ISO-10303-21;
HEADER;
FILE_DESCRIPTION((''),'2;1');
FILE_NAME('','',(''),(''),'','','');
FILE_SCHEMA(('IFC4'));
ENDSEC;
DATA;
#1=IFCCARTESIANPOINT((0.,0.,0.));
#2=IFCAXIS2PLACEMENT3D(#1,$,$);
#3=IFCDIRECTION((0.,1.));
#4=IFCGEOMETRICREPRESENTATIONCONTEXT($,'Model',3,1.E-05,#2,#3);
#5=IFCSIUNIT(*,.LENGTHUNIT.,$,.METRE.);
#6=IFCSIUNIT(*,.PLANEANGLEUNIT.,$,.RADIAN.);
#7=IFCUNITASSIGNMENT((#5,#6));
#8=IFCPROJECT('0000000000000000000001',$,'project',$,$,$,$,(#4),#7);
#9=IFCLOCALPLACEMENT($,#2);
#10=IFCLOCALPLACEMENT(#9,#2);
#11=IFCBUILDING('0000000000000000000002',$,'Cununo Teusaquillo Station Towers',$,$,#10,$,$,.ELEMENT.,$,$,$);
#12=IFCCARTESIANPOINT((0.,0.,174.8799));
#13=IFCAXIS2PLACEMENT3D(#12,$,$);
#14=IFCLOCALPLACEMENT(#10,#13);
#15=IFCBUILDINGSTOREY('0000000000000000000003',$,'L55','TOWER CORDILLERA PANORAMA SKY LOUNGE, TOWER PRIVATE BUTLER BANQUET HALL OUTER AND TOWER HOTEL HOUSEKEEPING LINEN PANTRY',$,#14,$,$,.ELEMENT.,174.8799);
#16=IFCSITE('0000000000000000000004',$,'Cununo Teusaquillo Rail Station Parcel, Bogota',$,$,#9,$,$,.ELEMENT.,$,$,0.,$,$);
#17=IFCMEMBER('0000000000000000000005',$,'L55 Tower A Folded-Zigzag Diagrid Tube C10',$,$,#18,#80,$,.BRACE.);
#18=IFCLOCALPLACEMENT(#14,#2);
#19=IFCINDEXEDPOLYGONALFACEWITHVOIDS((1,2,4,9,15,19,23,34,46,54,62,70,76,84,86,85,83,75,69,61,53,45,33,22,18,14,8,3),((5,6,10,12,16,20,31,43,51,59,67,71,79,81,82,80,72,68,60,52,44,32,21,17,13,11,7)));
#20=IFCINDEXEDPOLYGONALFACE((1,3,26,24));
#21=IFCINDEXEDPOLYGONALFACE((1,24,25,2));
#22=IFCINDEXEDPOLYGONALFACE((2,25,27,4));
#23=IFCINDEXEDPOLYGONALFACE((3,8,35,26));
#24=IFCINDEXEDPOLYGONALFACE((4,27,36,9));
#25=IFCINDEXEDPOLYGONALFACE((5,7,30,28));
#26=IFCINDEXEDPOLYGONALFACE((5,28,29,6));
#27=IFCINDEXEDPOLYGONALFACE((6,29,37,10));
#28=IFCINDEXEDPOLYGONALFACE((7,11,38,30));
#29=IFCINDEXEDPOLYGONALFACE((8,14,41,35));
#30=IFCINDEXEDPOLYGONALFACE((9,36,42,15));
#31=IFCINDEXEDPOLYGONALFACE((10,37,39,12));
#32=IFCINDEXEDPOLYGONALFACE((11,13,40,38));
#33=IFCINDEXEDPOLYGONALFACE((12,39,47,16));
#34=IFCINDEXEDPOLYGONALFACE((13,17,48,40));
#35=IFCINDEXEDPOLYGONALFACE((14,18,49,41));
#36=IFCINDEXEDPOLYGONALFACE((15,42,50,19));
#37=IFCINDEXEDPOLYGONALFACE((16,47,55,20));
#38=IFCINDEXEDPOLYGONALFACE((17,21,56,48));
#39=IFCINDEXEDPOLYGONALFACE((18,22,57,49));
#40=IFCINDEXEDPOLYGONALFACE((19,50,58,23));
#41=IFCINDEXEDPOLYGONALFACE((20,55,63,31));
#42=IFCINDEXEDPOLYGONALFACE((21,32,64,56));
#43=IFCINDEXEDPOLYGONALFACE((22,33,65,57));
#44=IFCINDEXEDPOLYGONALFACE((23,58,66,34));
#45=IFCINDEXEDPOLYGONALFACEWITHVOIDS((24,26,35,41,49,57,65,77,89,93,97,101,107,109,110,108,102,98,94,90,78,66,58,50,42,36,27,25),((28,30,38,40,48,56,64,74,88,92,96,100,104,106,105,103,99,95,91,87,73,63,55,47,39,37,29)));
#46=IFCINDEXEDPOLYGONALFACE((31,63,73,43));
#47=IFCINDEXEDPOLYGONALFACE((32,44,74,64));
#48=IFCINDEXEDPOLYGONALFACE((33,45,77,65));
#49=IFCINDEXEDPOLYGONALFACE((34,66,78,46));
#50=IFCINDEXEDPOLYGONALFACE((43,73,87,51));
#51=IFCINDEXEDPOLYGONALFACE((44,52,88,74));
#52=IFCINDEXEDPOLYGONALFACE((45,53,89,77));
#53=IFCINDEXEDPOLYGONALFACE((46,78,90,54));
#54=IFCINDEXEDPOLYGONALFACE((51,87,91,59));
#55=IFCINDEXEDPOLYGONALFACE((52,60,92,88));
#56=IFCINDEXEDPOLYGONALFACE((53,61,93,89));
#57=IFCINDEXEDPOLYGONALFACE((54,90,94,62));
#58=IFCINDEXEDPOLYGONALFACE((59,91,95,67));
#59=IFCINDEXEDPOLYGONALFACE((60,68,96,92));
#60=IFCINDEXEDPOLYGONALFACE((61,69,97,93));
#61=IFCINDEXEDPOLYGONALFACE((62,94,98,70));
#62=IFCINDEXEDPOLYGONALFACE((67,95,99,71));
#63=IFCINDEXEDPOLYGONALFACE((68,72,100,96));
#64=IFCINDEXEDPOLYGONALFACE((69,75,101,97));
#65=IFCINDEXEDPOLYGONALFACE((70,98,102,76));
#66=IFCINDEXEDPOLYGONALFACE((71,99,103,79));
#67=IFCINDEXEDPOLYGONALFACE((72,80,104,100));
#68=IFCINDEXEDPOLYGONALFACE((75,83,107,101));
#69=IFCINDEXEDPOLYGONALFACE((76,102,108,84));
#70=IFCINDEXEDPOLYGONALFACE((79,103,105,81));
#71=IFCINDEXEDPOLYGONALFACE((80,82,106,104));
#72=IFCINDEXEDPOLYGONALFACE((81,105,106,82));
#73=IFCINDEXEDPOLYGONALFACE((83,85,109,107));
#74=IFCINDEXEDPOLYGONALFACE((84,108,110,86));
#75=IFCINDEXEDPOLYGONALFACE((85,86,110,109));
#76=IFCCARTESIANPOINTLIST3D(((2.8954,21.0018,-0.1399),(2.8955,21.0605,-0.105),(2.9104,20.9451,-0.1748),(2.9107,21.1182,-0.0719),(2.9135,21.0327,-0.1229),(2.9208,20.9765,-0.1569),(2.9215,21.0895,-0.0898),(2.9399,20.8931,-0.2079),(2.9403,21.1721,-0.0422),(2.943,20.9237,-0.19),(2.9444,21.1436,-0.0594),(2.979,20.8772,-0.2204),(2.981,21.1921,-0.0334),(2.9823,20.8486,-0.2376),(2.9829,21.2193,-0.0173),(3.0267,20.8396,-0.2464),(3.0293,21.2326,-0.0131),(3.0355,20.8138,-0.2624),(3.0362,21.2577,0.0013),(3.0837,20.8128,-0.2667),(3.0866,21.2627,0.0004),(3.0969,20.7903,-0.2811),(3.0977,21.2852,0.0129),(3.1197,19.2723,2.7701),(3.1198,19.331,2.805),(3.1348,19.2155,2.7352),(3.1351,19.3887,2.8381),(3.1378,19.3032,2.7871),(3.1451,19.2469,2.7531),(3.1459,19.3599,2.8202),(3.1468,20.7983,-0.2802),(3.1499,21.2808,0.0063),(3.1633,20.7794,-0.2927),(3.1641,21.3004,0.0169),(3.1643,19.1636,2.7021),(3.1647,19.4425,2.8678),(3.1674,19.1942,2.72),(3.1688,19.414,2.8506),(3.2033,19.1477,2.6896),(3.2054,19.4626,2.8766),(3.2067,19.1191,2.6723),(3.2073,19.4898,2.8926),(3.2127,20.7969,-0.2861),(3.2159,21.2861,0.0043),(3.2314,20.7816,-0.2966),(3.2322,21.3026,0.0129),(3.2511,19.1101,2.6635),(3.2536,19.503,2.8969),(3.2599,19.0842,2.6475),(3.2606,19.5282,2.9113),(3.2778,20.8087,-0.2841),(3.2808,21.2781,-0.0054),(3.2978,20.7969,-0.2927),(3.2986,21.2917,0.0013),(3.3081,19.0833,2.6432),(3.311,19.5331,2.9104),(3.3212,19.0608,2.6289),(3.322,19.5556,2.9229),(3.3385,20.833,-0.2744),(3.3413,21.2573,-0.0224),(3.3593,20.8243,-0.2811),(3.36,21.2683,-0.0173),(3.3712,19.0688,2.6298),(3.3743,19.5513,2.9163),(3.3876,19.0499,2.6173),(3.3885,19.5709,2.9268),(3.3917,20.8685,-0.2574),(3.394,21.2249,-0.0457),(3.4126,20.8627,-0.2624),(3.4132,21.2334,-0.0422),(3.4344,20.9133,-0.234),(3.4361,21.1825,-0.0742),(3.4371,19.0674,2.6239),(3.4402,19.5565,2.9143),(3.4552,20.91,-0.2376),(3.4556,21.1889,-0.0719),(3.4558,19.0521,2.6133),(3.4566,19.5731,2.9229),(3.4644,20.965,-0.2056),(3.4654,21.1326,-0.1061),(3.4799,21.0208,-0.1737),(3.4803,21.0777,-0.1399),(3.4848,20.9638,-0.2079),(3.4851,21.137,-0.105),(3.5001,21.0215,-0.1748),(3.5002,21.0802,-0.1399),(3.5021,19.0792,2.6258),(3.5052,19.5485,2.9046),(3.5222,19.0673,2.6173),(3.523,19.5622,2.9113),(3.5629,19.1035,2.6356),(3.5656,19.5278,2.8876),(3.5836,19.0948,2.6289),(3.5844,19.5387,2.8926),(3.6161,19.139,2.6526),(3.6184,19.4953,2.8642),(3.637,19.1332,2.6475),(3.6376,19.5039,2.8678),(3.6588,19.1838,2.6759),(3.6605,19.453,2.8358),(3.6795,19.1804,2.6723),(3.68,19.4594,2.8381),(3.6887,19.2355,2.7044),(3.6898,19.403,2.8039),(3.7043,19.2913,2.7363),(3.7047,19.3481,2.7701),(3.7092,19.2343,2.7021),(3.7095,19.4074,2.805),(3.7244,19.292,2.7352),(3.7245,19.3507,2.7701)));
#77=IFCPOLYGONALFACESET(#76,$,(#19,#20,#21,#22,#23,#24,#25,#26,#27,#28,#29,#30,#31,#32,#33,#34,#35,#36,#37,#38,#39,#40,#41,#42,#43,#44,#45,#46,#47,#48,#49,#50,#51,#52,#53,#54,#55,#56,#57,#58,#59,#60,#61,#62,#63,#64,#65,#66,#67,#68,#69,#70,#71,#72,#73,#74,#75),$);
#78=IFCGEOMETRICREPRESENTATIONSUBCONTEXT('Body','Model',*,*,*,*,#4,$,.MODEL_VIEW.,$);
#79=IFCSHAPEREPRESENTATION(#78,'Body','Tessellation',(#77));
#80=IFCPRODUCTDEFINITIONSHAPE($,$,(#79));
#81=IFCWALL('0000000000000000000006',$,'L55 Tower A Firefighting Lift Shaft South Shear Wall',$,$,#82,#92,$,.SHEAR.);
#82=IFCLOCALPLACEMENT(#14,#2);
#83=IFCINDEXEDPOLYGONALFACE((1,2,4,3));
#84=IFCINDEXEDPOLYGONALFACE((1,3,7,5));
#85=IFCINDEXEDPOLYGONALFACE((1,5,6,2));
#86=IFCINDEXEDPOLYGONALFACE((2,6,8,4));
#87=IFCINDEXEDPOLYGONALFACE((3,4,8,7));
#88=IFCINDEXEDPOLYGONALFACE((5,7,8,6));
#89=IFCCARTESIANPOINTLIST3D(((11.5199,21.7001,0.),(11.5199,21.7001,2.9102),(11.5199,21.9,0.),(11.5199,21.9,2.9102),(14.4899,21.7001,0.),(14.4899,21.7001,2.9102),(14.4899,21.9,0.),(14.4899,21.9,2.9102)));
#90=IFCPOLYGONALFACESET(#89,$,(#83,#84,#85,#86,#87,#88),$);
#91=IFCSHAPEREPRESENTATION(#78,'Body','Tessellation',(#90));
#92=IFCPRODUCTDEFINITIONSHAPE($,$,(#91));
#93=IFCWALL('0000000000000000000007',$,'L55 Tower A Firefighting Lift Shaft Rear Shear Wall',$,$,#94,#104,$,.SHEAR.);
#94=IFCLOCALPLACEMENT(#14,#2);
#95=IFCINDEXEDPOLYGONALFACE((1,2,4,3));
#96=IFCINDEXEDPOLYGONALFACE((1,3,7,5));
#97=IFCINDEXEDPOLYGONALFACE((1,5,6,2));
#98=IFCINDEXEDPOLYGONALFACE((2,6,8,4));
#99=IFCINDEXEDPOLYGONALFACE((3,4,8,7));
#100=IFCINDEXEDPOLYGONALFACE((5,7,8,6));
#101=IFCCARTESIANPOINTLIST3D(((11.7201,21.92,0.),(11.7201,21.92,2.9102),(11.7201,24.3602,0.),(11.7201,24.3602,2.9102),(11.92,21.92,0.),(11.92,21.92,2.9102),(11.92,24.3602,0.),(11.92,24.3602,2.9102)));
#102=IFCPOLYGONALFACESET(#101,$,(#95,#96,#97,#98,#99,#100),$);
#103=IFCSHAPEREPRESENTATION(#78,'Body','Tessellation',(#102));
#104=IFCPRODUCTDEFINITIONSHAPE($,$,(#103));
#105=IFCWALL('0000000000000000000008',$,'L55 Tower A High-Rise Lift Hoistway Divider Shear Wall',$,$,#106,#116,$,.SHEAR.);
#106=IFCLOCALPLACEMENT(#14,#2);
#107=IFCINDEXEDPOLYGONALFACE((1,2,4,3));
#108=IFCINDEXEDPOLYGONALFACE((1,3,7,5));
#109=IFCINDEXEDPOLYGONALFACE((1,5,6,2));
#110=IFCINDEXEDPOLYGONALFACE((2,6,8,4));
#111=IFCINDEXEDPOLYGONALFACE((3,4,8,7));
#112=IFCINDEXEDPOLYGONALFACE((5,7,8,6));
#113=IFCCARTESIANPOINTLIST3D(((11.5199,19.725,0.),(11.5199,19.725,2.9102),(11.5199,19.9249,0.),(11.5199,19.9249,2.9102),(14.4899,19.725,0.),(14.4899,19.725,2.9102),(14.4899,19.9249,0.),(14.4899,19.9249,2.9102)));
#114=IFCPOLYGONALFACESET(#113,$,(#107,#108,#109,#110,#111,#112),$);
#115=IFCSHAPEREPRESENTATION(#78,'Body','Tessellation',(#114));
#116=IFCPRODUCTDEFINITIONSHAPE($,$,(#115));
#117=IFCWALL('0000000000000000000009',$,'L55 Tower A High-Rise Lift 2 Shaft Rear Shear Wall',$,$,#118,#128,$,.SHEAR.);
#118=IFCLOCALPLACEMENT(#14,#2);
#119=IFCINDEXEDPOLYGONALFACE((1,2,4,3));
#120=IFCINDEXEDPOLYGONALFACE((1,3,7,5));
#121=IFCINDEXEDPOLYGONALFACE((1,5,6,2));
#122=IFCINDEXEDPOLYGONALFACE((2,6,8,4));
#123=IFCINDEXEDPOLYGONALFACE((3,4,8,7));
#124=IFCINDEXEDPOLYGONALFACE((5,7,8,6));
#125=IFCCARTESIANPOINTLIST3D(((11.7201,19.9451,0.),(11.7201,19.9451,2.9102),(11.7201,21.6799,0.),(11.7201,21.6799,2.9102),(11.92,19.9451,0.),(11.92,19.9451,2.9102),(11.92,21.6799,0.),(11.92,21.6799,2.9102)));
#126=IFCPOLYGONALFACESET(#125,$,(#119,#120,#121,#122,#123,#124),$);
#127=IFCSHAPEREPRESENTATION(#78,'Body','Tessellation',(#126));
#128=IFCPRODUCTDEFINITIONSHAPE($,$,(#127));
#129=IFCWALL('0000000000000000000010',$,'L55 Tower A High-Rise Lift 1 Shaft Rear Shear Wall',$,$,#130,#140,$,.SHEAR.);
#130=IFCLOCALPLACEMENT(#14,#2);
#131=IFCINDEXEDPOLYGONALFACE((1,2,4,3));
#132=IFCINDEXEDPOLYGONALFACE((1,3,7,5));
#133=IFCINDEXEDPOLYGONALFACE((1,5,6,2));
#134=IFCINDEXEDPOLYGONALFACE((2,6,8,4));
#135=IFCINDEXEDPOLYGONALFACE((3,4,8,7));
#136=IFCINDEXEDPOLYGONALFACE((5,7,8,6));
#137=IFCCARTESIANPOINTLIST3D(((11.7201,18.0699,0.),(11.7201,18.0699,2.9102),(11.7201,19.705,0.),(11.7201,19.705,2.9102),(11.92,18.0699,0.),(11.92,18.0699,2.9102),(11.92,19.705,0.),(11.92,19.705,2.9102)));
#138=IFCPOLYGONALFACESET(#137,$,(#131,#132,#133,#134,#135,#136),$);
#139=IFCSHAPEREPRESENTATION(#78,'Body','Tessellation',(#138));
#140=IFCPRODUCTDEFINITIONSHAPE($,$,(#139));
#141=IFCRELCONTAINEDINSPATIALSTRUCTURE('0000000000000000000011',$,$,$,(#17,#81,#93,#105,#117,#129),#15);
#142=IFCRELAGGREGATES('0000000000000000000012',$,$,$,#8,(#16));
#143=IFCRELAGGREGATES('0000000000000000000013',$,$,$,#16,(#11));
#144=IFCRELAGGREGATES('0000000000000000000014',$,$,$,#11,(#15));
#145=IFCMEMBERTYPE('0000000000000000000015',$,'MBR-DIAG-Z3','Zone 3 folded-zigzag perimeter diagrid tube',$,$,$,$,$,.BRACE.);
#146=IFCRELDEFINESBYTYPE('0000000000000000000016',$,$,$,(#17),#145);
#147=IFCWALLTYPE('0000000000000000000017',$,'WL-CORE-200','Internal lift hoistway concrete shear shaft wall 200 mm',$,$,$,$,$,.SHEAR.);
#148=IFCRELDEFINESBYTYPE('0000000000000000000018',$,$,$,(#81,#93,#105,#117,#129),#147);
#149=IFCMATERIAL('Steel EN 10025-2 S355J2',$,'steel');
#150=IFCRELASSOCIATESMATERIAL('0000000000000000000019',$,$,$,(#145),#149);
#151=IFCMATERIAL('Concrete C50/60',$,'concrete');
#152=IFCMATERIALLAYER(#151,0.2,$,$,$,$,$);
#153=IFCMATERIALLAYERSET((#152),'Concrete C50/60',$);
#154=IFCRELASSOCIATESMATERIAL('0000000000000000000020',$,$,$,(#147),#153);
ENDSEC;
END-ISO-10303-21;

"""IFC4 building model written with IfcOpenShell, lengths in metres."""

from ifc_helpers import new_model, si_unit, direction, frame, frame_2d, origin, origin_2d, place, context, subcontext, project, spatial, rectangle, hollow_circle, extrude, material, layer, layer_set, material_profile, profile_set, type_object, element, save


model = new_model("IFC4")

# Units and contexts
model_context = context("Model", 3, precision=1e-05, world=origin(), true_north=direction((0.0, 1.0)))
body_context = subcontext(model_context, "Body", "Model", "MODEL_VIEW")
ifc_project = project(units=[si_unit("LENGTHUNIT", "METRE"), si_unit("PLANEANGLEUNIT", "RADIAN")], contexts=[model_context])

# Site, building, storey
site_placement = place(None, origin())
site = spatial("IfcSite", under=ifc_project, at=site_placement, Name="Cununo Teusaquillo Rail Station Parcel, Bogota", CompositionType="ELEMENT", RefElevation=0.0)
building_placement = place(site_placement, origin())
building = spatial("IfcBuilding", under=site, at=building_placement, Name="Cununo Teusaquillo Station Towers", CompositionType="ELEMENT")
storey_placement = place(building_placement, frame((0.0, 0.0, 174.8799)))
storey = spatial("IfcBuildingStorey", under=building, at=storey_placement, Name="L55", Description="TOWER CORDILLERA PANORAMA SKY LOUNGE, TOWER PRIVATE BUTLER BANQUET HALL OUTER AND TOWER HOTEL HOUSEKEEPING LINEN PANTRY", CompositionType="ELEMENT", Elevation=174.8799)

# Member
ifc_material_1 = material(Name="Steel EN 10025-2 S355J2", Category="steel")
ifc_material_profile_1 = material_profile(ifc_material_1, hollow_circle(Radius=0.3049, WallThickness=0.02, at=origin_2d()), Name="CHS 610x20")
ifc_profile_set_1 = profile_set([ifc_material_profile_1], Name="Steel EN 10025-2 S355J2")
member_type = type_object("IfcMemberType", Name="MBR-DIAG-Z3", Description="Zone 3 folded-zigzag perimeter diagrid tube", PredefinedType="BRACE", material=ifc_profile_set_1)
member_placement = place(storey_placement, frame((3.1978, 21.041, -0.1399), z_axis=(0.066136, -0.509798, 0.857748), x_axis=(0.99169, 0.128651, 0.0)))
element("IfcMember", 1, at=member_placement, inside=storey, type_object=member_type, Name="L55 Tower A Folded-Zigzag Diagrid Tube C10", PredefinedType="BRACE", context=body_context, shape_type="SweptSolid", body=[
    extrude(hollow_circle(Radius=0.3049, WallThickness=0.02, at=origin_2d()), origin(), (0.0, 0.0, 1.0), 3.3926),
])

# Walls
ifc_material_2 = material(Name="Concrete C50/60", Category="concrete")
ifc_layer_1 = layer(ifc_material_2, 0.2)
ifc_layer_set_1 = layer_set([ifc_layer_1], Name="Concrete C50/60")
wall_type_1 = type_object("IfcWallType", Name="WL-CORE-200", Description="Internal lift hoistway concrete shear shaft wall 200 mm", PredefinedType="SHEAR", material=ifc_layer_set_1)
wall_1_placement = place(storey_placement, frame((11.52, 21.8, 0.0), z_axis=(0.0, 0.0, 1.0), x_axis=(1.0, 0.0, 0.0)))
element("IfcWall", 2, at=wall_1_placement, inside=storey, type_object=wall_type_1, Name="L55 Tower A Firefighting Lift Shaft South Shear Wall", PredefinedType="SHEAR", context=body_context, shape_type="SweptSolid", body=[
    extrude(rectangle(XDim=2.97, YDim=0.2, at=frame_2d((1.4849, 0.0))), origin(), (0.0, 0.0, 1.0), 2.9102),
])
wall_2_placement = place(storey_placement, frame((11.8201, 21.9199, 0.0), z_axis=(0.0, 0.0, 1.0), x_axis=(0.0, 1.0, 0.0)))
element("IfcWall", 3, at=wall_2_placement, inside=storey, type_object=wall_type_1, Name="L55 Tower A Firefighting Lift Shaft Rear Shear Wall", PredefinedType="SHEAR", context=body_context, shape_type="SweptSolid", body=[
    extrude(rectangle(XDim=2.4402, YDim=0.2, at=frame_2d((1.2202, 0.0))), origin(), (0.0, 0.0, 1.0), 2.9102),
])
wall_3_placement = place(storey_placement, frame((11.52, 19.825, 0.0), z_axis=(0.0, 0.0, 1.0), x_axis=(1.0, 0.0, 0.0)))
element("IfcWall", 4, at=wall_3_placement, inside=storey, type_object=wall_type_1, Name="L55 Tower A High-Rise Lift Hoistway Divider Shear Wall", PredefinedType="SHEAR", context=body_context, shape_type="SweptSolid", body=[
    extrude(rectangle(XDim=2.97, YDim=0.2, at=frame_2d((1.4849, 0.0))), origin(), (0.0, 0.0, 1.0), 2.9102),
])
wall_4_placement = place(storey_placement, frame((11.8201, 19.9451, 0.0), z_axis=(0.0, 0.0, 1.0), x_axis=(0.0, 1.0, 0.0)))
element("IfcWall", 5, at=wall_4_placement, inside=storey, type_object=wall_type_1, Name="L55 Tower A High-Rise Lift 2 Shaft Rear Shear Wall", PredefinedType="SHEAR", context=body_context, shape_type="SweptSolid", body=[
    extrude(rectangle(XDim=1.7349, YDim=0.2, at=frame_2d((0.8674, 0.0))), origin(), (0.0, 0.0, 1.0), 2.9102),
])
wall_5_placement = place(storey_placement, frame((11.8201, 18.0701, 0.0), z_axis=(0.0, 0.0, 1.0), x_axis=(0.0, 1.0, 0.0)))
element("IfcWall", 6, at=wall_5_placement, inside=storey, type_object=wall_type_1, Name="L55 Tower A High-Rise Lift 1 Shaft Rear Shear Wall", PredefinedType="SHEAR", context=body_context, shape_type="SweptSolid", body=[
    extrude(rectangle(XDim=1.635, YDim=0.2, at=frame_2d((0.8174, 0.0))), origin(), (0.0, 0.0, 1.0), 2.9102),
])

save(model, "model.ifc")
